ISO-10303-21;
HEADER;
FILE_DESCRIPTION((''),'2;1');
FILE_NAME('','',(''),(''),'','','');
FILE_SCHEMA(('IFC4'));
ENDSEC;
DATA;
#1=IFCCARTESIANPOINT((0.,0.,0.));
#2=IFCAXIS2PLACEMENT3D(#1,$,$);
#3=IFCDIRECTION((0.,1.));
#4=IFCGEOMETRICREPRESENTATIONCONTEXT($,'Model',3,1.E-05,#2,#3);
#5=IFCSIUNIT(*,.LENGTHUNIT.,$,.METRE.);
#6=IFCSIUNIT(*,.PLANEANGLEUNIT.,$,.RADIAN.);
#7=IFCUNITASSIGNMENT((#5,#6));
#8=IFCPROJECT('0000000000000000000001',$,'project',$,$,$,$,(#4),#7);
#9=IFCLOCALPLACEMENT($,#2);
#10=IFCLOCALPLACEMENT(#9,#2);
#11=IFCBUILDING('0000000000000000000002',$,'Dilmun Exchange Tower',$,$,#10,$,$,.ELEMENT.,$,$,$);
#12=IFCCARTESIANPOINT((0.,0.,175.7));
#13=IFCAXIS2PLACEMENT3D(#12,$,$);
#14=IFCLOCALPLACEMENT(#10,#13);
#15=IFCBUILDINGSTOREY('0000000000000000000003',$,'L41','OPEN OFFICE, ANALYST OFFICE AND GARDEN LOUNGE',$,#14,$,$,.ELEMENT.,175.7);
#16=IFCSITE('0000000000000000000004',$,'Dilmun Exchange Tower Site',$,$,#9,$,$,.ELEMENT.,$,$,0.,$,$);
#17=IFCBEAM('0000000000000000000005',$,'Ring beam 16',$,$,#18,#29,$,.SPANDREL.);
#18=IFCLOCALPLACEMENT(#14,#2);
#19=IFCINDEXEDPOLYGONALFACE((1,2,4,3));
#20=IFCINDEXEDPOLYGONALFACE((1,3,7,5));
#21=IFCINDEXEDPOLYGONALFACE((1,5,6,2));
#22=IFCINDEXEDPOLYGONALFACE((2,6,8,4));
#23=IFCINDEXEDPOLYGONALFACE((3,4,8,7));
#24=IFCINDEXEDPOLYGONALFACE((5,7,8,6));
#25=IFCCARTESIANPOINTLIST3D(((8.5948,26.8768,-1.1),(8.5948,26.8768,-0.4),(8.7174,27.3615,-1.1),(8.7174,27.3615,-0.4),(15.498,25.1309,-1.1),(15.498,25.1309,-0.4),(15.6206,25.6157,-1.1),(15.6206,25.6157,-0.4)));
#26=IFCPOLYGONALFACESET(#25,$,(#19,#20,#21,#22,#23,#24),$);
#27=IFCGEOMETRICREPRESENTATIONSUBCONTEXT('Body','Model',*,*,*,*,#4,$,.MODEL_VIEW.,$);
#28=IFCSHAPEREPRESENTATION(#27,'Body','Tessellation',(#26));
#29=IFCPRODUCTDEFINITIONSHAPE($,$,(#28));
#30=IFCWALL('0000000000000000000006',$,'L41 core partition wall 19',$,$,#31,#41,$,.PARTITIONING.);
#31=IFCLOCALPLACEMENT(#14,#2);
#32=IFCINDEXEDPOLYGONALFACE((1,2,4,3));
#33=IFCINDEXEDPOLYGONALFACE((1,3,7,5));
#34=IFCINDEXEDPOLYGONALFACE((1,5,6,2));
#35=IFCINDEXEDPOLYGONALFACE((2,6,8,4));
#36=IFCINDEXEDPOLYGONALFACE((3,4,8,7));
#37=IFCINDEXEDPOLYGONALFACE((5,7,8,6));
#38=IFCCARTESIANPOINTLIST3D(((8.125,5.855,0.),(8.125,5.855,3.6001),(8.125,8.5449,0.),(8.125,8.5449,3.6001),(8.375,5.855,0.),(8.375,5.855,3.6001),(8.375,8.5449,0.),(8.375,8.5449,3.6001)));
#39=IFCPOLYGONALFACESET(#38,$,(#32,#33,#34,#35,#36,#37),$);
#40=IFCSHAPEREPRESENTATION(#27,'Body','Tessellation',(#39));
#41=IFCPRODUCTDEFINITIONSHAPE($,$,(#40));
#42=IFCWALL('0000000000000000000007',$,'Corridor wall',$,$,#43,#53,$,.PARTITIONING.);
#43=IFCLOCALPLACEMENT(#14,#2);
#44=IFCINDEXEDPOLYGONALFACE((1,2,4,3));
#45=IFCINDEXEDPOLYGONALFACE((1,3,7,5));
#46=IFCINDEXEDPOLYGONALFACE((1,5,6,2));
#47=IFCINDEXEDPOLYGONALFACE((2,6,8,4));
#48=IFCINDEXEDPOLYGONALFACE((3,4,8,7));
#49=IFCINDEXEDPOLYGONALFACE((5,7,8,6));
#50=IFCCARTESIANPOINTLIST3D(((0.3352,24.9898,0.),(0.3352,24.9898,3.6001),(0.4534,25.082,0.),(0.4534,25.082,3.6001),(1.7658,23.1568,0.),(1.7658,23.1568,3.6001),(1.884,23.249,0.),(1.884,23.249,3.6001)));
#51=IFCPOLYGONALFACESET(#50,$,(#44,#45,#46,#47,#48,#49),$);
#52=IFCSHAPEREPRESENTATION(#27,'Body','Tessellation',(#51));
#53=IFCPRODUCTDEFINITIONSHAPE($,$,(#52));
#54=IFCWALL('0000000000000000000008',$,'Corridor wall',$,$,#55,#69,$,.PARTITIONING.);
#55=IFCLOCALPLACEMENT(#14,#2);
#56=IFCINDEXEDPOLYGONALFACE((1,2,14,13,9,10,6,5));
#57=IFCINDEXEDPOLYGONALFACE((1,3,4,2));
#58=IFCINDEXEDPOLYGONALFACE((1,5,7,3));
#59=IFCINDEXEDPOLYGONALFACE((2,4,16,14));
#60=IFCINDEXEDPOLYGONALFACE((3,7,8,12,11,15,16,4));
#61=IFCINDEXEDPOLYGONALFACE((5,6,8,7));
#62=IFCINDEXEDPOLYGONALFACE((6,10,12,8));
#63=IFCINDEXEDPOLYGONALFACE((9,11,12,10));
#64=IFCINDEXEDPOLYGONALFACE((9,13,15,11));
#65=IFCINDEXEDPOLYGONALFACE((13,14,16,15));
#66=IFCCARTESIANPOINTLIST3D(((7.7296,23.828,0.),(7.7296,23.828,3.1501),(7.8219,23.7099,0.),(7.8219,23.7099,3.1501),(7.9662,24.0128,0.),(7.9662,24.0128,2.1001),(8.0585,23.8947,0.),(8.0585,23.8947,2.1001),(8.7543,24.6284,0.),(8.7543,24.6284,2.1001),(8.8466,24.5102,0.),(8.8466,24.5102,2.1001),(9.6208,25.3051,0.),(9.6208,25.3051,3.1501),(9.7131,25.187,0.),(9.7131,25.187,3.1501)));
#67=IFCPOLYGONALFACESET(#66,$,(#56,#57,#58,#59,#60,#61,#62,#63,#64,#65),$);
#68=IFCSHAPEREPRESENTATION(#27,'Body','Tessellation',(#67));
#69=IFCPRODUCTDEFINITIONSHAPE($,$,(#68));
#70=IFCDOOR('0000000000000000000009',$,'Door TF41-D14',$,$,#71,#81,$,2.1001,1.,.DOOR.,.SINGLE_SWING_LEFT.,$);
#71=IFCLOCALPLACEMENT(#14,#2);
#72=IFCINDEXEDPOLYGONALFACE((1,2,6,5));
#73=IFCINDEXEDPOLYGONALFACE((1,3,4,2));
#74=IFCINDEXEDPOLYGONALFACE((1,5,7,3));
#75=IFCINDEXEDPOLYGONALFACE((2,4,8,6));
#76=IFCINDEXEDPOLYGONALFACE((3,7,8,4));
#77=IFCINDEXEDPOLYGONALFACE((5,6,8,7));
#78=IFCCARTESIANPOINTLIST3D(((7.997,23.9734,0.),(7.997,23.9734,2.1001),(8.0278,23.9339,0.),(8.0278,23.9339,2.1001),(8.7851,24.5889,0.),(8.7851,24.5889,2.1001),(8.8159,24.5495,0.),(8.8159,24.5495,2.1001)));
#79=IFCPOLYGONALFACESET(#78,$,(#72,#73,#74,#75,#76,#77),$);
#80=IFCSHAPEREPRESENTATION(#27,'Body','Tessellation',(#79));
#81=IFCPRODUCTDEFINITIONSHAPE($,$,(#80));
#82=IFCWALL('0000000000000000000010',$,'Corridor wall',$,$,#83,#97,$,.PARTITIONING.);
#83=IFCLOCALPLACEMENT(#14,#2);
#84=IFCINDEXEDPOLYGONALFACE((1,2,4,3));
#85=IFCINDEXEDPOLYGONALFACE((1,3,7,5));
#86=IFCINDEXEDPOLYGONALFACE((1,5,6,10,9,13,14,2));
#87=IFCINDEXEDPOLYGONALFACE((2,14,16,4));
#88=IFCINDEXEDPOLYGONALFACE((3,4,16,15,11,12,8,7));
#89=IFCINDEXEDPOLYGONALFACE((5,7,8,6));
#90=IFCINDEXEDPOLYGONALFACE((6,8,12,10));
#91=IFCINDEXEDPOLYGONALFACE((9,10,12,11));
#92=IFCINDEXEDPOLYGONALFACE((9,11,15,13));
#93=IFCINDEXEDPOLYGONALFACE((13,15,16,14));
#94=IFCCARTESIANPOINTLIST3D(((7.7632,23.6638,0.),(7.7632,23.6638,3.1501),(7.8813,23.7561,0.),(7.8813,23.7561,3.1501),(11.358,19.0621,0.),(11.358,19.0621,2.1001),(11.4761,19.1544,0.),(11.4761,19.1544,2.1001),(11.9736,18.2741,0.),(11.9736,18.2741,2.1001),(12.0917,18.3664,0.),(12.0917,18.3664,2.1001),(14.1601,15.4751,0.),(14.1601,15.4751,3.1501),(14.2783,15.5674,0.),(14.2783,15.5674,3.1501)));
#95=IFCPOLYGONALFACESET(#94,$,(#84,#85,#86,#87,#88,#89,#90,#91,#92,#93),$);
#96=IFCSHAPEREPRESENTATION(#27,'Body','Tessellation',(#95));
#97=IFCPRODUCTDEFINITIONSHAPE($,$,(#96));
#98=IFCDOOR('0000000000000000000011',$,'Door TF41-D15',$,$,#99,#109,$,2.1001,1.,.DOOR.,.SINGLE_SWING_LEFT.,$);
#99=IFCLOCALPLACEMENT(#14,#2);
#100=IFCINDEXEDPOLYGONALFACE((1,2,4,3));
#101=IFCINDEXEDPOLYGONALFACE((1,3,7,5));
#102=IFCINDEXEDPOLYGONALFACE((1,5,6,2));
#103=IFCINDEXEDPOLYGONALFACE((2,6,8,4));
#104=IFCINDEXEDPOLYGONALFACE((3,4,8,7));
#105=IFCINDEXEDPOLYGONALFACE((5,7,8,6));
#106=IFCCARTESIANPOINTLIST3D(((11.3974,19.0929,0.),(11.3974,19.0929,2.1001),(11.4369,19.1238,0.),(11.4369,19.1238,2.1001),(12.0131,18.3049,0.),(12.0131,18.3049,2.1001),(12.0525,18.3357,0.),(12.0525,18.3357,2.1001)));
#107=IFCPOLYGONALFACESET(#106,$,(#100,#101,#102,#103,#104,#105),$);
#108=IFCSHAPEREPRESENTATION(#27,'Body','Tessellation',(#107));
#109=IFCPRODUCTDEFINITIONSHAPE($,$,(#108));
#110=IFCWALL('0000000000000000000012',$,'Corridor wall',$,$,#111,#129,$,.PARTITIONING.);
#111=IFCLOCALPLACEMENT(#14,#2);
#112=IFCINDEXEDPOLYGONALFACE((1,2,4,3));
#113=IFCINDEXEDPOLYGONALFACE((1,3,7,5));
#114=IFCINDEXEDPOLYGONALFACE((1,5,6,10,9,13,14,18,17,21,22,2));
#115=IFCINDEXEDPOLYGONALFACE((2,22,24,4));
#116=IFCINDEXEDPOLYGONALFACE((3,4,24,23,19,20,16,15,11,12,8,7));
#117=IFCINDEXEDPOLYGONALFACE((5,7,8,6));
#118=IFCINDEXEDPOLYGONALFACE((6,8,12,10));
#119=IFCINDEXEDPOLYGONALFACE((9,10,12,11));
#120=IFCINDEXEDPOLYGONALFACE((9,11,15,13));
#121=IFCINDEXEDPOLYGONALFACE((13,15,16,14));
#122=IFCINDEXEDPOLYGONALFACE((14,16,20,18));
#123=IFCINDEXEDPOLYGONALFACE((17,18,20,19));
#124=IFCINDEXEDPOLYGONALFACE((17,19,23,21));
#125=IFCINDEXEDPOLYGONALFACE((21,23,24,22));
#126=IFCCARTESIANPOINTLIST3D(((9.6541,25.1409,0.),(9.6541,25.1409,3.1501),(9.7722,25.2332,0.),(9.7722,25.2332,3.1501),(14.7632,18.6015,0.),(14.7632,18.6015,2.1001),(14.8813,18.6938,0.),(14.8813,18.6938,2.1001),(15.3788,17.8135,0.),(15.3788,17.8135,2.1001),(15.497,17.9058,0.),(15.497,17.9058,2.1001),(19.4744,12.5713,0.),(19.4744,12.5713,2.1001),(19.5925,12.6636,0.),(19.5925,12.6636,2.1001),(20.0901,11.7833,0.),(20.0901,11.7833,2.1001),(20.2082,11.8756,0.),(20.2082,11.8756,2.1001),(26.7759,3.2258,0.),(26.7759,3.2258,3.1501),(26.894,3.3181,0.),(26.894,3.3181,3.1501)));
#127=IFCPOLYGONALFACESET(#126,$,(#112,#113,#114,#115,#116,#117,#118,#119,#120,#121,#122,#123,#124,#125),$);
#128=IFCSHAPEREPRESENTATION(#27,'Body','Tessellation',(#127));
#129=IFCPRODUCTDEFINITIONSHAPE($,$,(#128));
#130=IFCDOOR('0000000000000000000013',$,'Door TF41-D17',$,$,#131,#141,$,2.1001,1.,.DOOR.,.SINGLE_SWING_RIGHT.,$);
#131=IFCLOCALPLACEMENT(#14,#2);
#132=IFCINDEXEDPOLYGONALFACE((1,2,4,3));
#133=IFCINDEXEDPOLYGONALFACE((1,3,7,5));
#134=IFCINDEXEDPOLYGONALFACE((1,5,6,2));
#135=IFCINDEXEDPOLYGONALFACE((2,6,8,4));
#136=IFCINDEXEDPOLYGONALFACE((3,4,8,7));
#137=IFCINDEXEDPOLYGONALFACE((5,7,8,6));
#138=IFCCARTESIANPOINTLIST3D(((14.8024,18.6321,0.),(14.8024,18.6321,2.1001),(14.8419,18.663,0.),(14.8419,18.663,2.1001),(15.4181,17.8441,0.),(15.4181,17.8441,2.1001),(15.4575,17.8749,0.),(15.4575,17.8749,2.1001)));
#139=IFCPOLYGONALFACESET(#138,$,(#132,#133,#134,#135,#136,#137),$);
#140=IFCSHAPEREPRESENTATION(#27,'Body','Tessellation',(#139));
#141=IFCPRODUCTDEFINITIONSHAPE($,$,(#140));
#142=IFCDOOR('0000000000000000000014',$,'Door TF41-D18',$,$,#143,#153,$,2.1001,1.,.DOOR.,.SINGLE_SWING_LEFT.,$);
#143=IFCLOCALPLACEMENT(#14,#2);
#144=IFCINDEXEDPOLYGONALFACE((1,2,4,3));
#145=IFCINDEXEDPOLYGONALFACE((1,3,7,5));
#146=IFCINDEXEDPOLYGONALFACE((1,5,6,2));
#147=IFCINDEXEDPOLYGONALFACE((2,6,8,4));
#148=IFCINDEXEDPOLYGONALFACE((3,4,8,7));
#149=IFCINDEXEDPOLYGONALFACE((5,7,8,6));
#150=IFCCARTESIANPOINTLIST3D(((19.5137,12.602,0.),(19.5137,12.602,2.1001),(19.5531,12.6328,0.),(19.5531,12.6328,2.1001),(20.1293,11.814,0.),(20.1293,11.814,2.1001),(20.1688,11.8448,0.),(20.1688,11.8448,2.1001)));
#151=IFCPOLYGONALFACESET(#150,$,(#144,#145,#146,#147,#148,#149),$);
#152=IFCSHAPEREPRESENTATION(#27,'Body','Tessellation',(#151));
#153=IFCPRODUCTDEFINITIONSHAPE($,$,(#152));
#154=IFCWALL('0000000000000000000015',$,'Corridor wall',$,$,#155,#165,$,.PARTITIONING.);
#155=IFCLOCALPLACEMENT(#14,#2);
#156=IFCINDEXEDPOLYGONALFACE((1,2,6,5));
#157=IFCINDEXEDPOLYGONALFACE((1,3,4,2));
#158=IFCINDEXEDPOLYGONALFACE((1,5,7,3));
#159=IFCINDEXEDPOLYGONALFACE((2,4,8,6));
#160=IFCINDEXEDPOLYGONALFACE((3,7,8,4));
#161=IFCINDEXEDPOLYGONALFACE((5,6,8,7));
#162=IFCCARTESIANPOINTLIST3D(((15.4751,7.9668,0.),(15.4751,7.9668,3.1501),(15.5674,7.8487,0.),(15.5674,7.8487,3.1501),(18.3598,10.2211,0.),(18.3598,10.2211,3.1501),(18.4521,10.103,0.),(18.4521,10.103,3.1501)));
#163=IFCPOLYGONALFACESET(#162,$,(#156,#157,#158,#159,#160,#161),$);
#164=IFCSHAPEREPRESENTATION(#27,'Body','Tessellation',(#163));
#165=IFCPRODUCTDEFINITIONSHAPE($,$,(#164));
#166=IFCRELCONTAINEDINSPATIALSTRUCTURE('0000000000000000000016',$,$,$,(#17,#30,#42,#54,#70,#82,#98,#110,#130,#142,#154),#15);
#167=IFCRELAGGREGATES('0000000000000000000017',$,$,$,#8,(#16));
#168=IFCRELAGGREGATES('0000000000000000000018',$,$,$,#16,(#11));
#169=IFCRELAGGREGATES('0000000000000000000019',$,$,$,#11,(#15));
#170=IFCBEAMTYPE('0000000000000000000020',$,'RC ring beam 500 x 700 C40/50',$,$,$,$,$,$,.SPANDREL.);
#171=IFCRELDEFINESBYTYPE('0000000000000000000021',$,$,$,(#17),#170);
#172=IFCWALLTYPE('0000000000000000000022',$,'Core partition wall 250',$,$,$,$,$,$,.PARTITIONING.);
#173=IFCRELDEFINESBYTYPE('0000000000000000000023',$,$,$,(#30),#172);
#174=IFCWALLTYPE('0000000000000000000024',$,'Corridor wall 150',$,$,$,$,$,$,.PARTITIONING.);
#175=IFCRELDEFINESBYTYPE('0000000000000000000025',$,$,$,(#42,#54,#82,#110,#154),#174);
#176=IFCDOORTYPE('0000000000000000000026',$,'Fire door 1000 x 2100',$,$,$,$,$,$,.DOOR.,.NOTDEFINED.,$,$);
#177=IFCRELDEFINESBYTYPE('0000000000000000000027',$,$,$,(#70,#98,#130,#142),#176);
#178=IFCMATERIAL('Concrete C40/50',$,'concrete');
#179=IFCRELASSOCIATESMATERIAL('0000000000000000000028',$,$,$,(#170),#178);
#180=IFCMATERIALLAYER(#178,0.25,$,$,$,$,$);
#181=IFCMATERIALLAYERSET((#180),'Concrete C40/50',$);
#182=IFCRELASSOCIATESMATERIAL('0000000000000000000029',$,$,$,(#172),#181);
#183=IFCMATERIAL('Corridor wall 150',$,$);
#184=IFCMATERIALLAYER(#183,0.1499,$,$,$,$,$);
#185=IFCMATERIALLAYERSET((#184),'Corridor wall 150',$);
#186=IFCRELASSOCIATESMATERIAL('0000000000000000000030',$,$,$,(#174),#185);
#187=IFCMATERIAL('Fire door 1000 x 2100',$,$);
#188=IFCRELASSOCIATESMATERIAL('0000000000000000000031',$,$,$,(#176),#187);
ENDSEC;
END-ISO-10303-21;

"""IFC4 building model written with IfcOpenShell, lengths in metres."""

from ifc_helpers import new_model, si_unit, direction, frame, frame_2d, origin, origin_2d, place, context, subcontext, project, spatial, rectangle, extrude, material, layer, layer_set, material_profile, profile_set, type_object, element, fill, save


model = new_model("IFC4")

# Units and contexts
model_context = context("Model", 3, precision=1e-05, world=origin(), true_north=direction((0.0, 1.0)))
body_context = subcontext(model_context, "Body", "Model", "MODEL_VIEW")
ifc_project = project(units=[si_unit("LENGTHUNIT", "METRE"), si_unit("PLANEANGLEUNIT", "RADIAN")], contexts=[model_context])

# Site, building, storey
site_placement = place(None, origin())
site = spatial("IfcSite", under=ifc_project, at=site_placement, Name="Dilmun Exchange Tower Site", CompositionType="ELEMENT", RefElevation=0.0)
building_placement = place(site_placement, origin())
building = spatial("IfcBuilding", under=site, at=building_placement, Name="Dilmun Exchange Tower", CompositionType="ELEMENT")
storey_placement = place(building_placement, frame((0.0, 0.0, 175.7)))
storey = spatial("IfcBuildingStorey", under=building, at=storey_placement, Name="L41", Description="OPEN OFFICE, ANALYST OFFICE AND GARDEN LOUNGE", CompositionType="ELEMENT", Elevation=175.7)

# Beam
ifc_material_1 = material(Name="Concrete C40/50", Category="concrete")
ifc_material_profile_1 = material_profile(ifc_material_1, rectangle(XDim=0.5, YDim=0.7, at=origin_2d()), Name="500 x 700")
ifc_profile_set_1 = profile_set([ifc_material_profile_1], Name="Concrete C40/50")
beam_type_1 = type_object("IfcBeamType", Name="RC ring beam 500 x 700 C40/50", PredefinedType="SPANDREL", material=ifc_profile_set_1)
beam_1_placement = place(storey_placement, frame((15.5593, 25.3733, -0.75), z_axis=(-0.969477, 0.245181, 0.0), x_axis=(-0.245181, -0.969477, 0.0)))
element("IfcBeam", 1, at=beam_1_placement, inside=storey, type_object=beam_type_1, Name="Ring beam 16", PredefinedType="SPANDREL", context=body_context, shape_type="SweptSolid", body=[
    extrude(rectangle(XDim=0.5, YDim=0.7, at=origin_2d()), origin(), (0.0, 0.0, 1.0), 7.1206),
])

# Walls
ifc_layer_1 = layer(ifc_material_1, 0.25)
ifc_layer_set_1 = layer_set([ifc_layer_1], Name="Concrete C40/50")
wall_type_1 = type_object("IfcWallType", Name="Core partition wall 250", PredefinedType="PARTITIONING", material=ifc_layer_set_1)
wall_1_placement = place(storey_placement, frame((8.25, 5.855, 0.0), z_axis=(0.0, 0.0, 1.0), x_axis=(0.0, 1.0, 0.0)))
element("IfcWall", 2, at=wall_1_placement, inside=storey, type_object=wall_type_1, Name="L41 core partition wall 19", PredefinedType="PARTITIONING", context=body_context, shape_type="SweptSolid", body=[
    extrude(rectangle(XDim=2.6899, YDim=0.25, at=frame_2d((1.345, 0.0))), origin(), (0.0, 0.0, 1.0), 3.6001),
])
ifc_material_2 = material(Name="Corridor wall 150")
ifc_layer_2 = layer(ifc_material_2, 0.1499)
ifc_layer_set_2 = layer_set([ifc_layer_2], Name="Corridor wall 150")
wall_type_2 = type_object("IfcWallType", Name="Corridor wall 150", PredefinedType="PARTITIONING", material=ifc_layer_set_2)
wall_2_placement = place(storey_placement, frame((0.3943, 25.0359, 0.0), z_axis=(0.0, 0.0, 1.0), x_axis=(0.615277, -0.788311, 0.0)))
element("IfcWall", 3, at=wall_2_placement, inside=storey, type_object=wall_type_2, Name="Corridor wall", PredefinedType="PARTITIONING", context=body_context, shape_type="SweptSolid", body=[
    extrude(rectangle(XDim=2.3252, YDim=0.1499, at=frame_2d((1.1626, 0.0))), origin(), (0.0, 0.0, 1.0), 3.6001),
])

# Walls, openings, doors
wall_3_placement = place(storey_placement, frame((7.7759, 23.769, 0.0), z_axis=(0.0, 0.0, 1.0), x_axis=(0.788101, 0.615545, 0.0)))
wall_3 = element("IfcWall", 4, at=wall_3_placement, inside=storey, type_object=wall_type_2, Name="Corridor wall", PredefinedType="PARTITIONING", context=body_context, shape_type="SweptSolid", body=[
    extrude(rectangle(XDim=2.3997, YDim=0.1499, at=frame_2d((1.1997, 0.0))), origin(), (0.0, 0.0, 1.0), 3.1501),
])
opening_1_placement = place(wall_3_placement, frame((0.3, 0.0, 0.0)))
opening_1 = element("IfcOpeningElement", 5, at=opening_1_placement, cuts=wall_3, PredefinedType="OPENING", context=body_context, shape_type="SweptSolid", body=[
    extrude(rectangle(XDim=1.0, YDim=2.1001, at=frame_2d((0.5, 1.05))), frame((0.0, 0.085, 0.0), z_axis=(0.0, -1.0, 0.0), x_axis=(1.0, 0.0, 0.0)), (0.0, 0.0, 1.0), 0.1699),
])
ifc_material_3 = material(Name="Fire door 1000 x 2100")
door_type = type_object("IfcDoorType", Name="Fire door 1000 x 2100", OperationType="NOTDEFINED", PredefinedType="DOOR", material=ifc_material_3)
door_1_placement = place(opening_1_placement, origin())
door_1 = element("IfcDoor", 6, at=door_1_placement, inside=storey, type_object=door_type, Name="Door TF41-D14", OperationType="SINGLE_SWING_LEFT", OverallHeight=2.1001, OverallWidth=1.0, PredefinedType="DOOR", context=body_context, shape_type="SweptSolid", body=[
    extrude(rectangle(XDim=1.0, YDim=2.1001, at=frame_2d((0.5, 1.05))), frame((0.0, 0.0249, 0.0), z_axis=(0.0, -1.0, 0.0), x_axis=(1.0, 0.0, 0.0)), (0.0, 0.0, 1.0), 0.05),
])
fill(opening_1, door_1)
wall_4_placement = place(storey_placement, frame((7.8223, 23.71, 0.0), z_axis=(0.0, 0.0, 1.0), x_axis=(0.615616, -0.788046, 0.0)))
wall_4 = element("IfcWall", 7, at=wall_4_placement, inside=storey, type_object=wall_type_2, Name="Corridor wall", PredefinedType="PARTITIONING", context=body_context, shape_type="SweptSolid", body=[
    extrude(rectangle(XDim=10.3911, YDim=0.1499, at=frame_2d((5.1956, 0.0))), origin(), (0.0, 0.0, 1.0), 3.1501),
])
opening_2_placement = place(wall_4_placement, frame((5.8394, 0.0, 0.0)))
opening_2 = element("IfcOpeningElement", 8, at=opening_2_placement, cuts=wall_4, PredefinedType="OPENING", context=body_context, shape_type="SweptSolid", body=[
    extrude(rectangle(XDim=1.0, YDim=2.1001, at=frame_2d((0.5, 1.05))), frame((0.0, 0.085, 0.0), z_axis=(0.0, -1.0, 0.0), x_axis=(1.0, 0.0, 0.0)), (0.0, 0.0, 1.0), 0.1699),
])
door_2_placement = place(opening_2_placement, frame((1.0, 0.0, 0.0), z_axis=(0.0, 0.0, 1.0), x_axis=(-1.0, 0.0, 0.0)))
door_2 = element("IfcDoor", 9, at=door_2_placement, inside=storey, type_object=door_type, Name="Door TF41-D15", OperationType="SINGLE_SWING_LEFT", OverallHeight=2.1001, OverallWidth=1.0, PredefinedType="DOOR", context=body_context, shape_type="SweptSolid", body=[
    extrude(rectangle(XDim=1.0, YDim=2.1001, at=frame_2d((0.5, 1.05))), frame((0.0, 0.0249, 0.0), z_axis=(0.0, -1.0, 0.0), x_axis=(1.0, 0.0, 0.0)), (0.0, 0.0, 1.0), 0.05),
])
fill(opening_2, door_2)

# Wall, openings, doors
wall_5_placement = place(storey_placement, frame((9.7131, 25.187, 0.0), z_axis=(0.0, 0.0, 1.0), x_axis=(0.61566, -0.788012, 0.0)))
wall_5 = element("IfcWall", 10, at=wall_5_placement, inside=storey, type_object=wall_type_2, Name="Corridor wall", PredefinedType="PARTITIONING", context=body_context, shape_type="SweptSolid", body=[
    extrude(rectangle(XDim=27.8105, YDim=0.1499, at=frame_2d((13.9053, 0.0))), origin(), (0.0, 0.0, 1.0), 3.1501),
])
opening_3_placement = place(wall_5_placement, frame((8.2986, 0.0, 0.0)))
opening_3 = element("IfcOpeningElement", 11, at=opening_3_placement, cuts=wall_5, PredefinedType="OPENING", context=body_context, shape_type="SweptSolid", body=[
    extrude(rectangle(XDim=1.0, YDim=2.1001, at=frame_2d((0.5, 1.05))), frame((0.0, 0.085, 0.0), z_axis=(0.0, -1.0, 0.0), x_axis=(1.0, 0.0, 0.0)), (0.0, 0.0, 1.0), 0.1699),
])
opening_4_placement = place(wall_5_placement, frame((15.9509, 0.0, 0.0)))
opening_4 = element("IfcOpeningElement", 12, at=opening_4_placement, cuts=wall_5, PredefinedType="OPENING", context=body_context, shape_type="SweptSolid", body=[
    extrude(rectangle(XDim=1.0, YDim=2.1001, at=frame_2d((0.5, 1.05))), frame((0.0, 0.085, 0.0), z_axis=(0.0, -1.0, 0.0), x_axis=(1.0, 0.0, 0.0)), (0.0, 0.0, 1.0), 0.1699),
])
door_3_placement = place(opening_3_placement, origin())
door_3 = element("IfcDoor", 13, at=door_3_placement, inside=storey, type_object=door_type, Name="Door TF41-D17", OperationType="SINGLE_SWING_RIGHT", OverallHeight=2.1001, OverallWidth=1.0, PredefinedType="DOOR", context=body_context, shape_type="SweptSolid", body=[
    extrude(rectangle(XDim=1.0, YDim=2.1001, at=frame_2d((0.5, 1.05))), frame((0.0, 0.0249, 0.0), z_axis=(0.0, -1.0, 0.0), x_axis=(1.0, 0.0, 0.0)), (0.0, 0.0, 1.0), 0.05),
])
fill(opening_3, door_3)
door_4_placement = place(opening_4_placement, origin())
door_4 = element("IfcDoor", 14, at=door_4_placement, inside=storey, type_object=door_type, Name="Door TF41-D18", OperationType="SINGLE_SWING_LEFT", OverallHeight=2.1001, OverallWidth=1.0, PredefinedType="DOOR", context=body_context, shape_type="SweptSolid", body=[
    extrude(rectangle(XDim=1.0, YDim=2.1001, at=frame_2d((0.5, 1.05))), frame((0.0, 0.0249, 0.0), z_axis=(0.0, -1.0, 0.0), x_axis=(1.0, 0.0, 0.0)), (0.0, 0.0, 1.0), 0.05),
])
fill(opening_4, door_4)

# Wall
wall_6_placement = place(storey_placement, frame((15.5212, 7.9077, 0.0), z_axis=(0.0, 0.0, 1.0), x_axis=(0.787935, 0.615758, 0.0)))
element("IfcWall", 15, at=wall_6_placement, inside=storey, type_object=wall_type_2, Name="Corridor wall", PredefinedType="PARTITIONING", context=body_context, shape_type="SweptSolid", body=[
    extrude(rectangle(XDim=3.6611, YDim=0.1499, at=frame_2d((1.8306, 0.0))), origin(), (0.0, 0.0, 1.0), 3.1501),
])

save(model, "model.ifc")
